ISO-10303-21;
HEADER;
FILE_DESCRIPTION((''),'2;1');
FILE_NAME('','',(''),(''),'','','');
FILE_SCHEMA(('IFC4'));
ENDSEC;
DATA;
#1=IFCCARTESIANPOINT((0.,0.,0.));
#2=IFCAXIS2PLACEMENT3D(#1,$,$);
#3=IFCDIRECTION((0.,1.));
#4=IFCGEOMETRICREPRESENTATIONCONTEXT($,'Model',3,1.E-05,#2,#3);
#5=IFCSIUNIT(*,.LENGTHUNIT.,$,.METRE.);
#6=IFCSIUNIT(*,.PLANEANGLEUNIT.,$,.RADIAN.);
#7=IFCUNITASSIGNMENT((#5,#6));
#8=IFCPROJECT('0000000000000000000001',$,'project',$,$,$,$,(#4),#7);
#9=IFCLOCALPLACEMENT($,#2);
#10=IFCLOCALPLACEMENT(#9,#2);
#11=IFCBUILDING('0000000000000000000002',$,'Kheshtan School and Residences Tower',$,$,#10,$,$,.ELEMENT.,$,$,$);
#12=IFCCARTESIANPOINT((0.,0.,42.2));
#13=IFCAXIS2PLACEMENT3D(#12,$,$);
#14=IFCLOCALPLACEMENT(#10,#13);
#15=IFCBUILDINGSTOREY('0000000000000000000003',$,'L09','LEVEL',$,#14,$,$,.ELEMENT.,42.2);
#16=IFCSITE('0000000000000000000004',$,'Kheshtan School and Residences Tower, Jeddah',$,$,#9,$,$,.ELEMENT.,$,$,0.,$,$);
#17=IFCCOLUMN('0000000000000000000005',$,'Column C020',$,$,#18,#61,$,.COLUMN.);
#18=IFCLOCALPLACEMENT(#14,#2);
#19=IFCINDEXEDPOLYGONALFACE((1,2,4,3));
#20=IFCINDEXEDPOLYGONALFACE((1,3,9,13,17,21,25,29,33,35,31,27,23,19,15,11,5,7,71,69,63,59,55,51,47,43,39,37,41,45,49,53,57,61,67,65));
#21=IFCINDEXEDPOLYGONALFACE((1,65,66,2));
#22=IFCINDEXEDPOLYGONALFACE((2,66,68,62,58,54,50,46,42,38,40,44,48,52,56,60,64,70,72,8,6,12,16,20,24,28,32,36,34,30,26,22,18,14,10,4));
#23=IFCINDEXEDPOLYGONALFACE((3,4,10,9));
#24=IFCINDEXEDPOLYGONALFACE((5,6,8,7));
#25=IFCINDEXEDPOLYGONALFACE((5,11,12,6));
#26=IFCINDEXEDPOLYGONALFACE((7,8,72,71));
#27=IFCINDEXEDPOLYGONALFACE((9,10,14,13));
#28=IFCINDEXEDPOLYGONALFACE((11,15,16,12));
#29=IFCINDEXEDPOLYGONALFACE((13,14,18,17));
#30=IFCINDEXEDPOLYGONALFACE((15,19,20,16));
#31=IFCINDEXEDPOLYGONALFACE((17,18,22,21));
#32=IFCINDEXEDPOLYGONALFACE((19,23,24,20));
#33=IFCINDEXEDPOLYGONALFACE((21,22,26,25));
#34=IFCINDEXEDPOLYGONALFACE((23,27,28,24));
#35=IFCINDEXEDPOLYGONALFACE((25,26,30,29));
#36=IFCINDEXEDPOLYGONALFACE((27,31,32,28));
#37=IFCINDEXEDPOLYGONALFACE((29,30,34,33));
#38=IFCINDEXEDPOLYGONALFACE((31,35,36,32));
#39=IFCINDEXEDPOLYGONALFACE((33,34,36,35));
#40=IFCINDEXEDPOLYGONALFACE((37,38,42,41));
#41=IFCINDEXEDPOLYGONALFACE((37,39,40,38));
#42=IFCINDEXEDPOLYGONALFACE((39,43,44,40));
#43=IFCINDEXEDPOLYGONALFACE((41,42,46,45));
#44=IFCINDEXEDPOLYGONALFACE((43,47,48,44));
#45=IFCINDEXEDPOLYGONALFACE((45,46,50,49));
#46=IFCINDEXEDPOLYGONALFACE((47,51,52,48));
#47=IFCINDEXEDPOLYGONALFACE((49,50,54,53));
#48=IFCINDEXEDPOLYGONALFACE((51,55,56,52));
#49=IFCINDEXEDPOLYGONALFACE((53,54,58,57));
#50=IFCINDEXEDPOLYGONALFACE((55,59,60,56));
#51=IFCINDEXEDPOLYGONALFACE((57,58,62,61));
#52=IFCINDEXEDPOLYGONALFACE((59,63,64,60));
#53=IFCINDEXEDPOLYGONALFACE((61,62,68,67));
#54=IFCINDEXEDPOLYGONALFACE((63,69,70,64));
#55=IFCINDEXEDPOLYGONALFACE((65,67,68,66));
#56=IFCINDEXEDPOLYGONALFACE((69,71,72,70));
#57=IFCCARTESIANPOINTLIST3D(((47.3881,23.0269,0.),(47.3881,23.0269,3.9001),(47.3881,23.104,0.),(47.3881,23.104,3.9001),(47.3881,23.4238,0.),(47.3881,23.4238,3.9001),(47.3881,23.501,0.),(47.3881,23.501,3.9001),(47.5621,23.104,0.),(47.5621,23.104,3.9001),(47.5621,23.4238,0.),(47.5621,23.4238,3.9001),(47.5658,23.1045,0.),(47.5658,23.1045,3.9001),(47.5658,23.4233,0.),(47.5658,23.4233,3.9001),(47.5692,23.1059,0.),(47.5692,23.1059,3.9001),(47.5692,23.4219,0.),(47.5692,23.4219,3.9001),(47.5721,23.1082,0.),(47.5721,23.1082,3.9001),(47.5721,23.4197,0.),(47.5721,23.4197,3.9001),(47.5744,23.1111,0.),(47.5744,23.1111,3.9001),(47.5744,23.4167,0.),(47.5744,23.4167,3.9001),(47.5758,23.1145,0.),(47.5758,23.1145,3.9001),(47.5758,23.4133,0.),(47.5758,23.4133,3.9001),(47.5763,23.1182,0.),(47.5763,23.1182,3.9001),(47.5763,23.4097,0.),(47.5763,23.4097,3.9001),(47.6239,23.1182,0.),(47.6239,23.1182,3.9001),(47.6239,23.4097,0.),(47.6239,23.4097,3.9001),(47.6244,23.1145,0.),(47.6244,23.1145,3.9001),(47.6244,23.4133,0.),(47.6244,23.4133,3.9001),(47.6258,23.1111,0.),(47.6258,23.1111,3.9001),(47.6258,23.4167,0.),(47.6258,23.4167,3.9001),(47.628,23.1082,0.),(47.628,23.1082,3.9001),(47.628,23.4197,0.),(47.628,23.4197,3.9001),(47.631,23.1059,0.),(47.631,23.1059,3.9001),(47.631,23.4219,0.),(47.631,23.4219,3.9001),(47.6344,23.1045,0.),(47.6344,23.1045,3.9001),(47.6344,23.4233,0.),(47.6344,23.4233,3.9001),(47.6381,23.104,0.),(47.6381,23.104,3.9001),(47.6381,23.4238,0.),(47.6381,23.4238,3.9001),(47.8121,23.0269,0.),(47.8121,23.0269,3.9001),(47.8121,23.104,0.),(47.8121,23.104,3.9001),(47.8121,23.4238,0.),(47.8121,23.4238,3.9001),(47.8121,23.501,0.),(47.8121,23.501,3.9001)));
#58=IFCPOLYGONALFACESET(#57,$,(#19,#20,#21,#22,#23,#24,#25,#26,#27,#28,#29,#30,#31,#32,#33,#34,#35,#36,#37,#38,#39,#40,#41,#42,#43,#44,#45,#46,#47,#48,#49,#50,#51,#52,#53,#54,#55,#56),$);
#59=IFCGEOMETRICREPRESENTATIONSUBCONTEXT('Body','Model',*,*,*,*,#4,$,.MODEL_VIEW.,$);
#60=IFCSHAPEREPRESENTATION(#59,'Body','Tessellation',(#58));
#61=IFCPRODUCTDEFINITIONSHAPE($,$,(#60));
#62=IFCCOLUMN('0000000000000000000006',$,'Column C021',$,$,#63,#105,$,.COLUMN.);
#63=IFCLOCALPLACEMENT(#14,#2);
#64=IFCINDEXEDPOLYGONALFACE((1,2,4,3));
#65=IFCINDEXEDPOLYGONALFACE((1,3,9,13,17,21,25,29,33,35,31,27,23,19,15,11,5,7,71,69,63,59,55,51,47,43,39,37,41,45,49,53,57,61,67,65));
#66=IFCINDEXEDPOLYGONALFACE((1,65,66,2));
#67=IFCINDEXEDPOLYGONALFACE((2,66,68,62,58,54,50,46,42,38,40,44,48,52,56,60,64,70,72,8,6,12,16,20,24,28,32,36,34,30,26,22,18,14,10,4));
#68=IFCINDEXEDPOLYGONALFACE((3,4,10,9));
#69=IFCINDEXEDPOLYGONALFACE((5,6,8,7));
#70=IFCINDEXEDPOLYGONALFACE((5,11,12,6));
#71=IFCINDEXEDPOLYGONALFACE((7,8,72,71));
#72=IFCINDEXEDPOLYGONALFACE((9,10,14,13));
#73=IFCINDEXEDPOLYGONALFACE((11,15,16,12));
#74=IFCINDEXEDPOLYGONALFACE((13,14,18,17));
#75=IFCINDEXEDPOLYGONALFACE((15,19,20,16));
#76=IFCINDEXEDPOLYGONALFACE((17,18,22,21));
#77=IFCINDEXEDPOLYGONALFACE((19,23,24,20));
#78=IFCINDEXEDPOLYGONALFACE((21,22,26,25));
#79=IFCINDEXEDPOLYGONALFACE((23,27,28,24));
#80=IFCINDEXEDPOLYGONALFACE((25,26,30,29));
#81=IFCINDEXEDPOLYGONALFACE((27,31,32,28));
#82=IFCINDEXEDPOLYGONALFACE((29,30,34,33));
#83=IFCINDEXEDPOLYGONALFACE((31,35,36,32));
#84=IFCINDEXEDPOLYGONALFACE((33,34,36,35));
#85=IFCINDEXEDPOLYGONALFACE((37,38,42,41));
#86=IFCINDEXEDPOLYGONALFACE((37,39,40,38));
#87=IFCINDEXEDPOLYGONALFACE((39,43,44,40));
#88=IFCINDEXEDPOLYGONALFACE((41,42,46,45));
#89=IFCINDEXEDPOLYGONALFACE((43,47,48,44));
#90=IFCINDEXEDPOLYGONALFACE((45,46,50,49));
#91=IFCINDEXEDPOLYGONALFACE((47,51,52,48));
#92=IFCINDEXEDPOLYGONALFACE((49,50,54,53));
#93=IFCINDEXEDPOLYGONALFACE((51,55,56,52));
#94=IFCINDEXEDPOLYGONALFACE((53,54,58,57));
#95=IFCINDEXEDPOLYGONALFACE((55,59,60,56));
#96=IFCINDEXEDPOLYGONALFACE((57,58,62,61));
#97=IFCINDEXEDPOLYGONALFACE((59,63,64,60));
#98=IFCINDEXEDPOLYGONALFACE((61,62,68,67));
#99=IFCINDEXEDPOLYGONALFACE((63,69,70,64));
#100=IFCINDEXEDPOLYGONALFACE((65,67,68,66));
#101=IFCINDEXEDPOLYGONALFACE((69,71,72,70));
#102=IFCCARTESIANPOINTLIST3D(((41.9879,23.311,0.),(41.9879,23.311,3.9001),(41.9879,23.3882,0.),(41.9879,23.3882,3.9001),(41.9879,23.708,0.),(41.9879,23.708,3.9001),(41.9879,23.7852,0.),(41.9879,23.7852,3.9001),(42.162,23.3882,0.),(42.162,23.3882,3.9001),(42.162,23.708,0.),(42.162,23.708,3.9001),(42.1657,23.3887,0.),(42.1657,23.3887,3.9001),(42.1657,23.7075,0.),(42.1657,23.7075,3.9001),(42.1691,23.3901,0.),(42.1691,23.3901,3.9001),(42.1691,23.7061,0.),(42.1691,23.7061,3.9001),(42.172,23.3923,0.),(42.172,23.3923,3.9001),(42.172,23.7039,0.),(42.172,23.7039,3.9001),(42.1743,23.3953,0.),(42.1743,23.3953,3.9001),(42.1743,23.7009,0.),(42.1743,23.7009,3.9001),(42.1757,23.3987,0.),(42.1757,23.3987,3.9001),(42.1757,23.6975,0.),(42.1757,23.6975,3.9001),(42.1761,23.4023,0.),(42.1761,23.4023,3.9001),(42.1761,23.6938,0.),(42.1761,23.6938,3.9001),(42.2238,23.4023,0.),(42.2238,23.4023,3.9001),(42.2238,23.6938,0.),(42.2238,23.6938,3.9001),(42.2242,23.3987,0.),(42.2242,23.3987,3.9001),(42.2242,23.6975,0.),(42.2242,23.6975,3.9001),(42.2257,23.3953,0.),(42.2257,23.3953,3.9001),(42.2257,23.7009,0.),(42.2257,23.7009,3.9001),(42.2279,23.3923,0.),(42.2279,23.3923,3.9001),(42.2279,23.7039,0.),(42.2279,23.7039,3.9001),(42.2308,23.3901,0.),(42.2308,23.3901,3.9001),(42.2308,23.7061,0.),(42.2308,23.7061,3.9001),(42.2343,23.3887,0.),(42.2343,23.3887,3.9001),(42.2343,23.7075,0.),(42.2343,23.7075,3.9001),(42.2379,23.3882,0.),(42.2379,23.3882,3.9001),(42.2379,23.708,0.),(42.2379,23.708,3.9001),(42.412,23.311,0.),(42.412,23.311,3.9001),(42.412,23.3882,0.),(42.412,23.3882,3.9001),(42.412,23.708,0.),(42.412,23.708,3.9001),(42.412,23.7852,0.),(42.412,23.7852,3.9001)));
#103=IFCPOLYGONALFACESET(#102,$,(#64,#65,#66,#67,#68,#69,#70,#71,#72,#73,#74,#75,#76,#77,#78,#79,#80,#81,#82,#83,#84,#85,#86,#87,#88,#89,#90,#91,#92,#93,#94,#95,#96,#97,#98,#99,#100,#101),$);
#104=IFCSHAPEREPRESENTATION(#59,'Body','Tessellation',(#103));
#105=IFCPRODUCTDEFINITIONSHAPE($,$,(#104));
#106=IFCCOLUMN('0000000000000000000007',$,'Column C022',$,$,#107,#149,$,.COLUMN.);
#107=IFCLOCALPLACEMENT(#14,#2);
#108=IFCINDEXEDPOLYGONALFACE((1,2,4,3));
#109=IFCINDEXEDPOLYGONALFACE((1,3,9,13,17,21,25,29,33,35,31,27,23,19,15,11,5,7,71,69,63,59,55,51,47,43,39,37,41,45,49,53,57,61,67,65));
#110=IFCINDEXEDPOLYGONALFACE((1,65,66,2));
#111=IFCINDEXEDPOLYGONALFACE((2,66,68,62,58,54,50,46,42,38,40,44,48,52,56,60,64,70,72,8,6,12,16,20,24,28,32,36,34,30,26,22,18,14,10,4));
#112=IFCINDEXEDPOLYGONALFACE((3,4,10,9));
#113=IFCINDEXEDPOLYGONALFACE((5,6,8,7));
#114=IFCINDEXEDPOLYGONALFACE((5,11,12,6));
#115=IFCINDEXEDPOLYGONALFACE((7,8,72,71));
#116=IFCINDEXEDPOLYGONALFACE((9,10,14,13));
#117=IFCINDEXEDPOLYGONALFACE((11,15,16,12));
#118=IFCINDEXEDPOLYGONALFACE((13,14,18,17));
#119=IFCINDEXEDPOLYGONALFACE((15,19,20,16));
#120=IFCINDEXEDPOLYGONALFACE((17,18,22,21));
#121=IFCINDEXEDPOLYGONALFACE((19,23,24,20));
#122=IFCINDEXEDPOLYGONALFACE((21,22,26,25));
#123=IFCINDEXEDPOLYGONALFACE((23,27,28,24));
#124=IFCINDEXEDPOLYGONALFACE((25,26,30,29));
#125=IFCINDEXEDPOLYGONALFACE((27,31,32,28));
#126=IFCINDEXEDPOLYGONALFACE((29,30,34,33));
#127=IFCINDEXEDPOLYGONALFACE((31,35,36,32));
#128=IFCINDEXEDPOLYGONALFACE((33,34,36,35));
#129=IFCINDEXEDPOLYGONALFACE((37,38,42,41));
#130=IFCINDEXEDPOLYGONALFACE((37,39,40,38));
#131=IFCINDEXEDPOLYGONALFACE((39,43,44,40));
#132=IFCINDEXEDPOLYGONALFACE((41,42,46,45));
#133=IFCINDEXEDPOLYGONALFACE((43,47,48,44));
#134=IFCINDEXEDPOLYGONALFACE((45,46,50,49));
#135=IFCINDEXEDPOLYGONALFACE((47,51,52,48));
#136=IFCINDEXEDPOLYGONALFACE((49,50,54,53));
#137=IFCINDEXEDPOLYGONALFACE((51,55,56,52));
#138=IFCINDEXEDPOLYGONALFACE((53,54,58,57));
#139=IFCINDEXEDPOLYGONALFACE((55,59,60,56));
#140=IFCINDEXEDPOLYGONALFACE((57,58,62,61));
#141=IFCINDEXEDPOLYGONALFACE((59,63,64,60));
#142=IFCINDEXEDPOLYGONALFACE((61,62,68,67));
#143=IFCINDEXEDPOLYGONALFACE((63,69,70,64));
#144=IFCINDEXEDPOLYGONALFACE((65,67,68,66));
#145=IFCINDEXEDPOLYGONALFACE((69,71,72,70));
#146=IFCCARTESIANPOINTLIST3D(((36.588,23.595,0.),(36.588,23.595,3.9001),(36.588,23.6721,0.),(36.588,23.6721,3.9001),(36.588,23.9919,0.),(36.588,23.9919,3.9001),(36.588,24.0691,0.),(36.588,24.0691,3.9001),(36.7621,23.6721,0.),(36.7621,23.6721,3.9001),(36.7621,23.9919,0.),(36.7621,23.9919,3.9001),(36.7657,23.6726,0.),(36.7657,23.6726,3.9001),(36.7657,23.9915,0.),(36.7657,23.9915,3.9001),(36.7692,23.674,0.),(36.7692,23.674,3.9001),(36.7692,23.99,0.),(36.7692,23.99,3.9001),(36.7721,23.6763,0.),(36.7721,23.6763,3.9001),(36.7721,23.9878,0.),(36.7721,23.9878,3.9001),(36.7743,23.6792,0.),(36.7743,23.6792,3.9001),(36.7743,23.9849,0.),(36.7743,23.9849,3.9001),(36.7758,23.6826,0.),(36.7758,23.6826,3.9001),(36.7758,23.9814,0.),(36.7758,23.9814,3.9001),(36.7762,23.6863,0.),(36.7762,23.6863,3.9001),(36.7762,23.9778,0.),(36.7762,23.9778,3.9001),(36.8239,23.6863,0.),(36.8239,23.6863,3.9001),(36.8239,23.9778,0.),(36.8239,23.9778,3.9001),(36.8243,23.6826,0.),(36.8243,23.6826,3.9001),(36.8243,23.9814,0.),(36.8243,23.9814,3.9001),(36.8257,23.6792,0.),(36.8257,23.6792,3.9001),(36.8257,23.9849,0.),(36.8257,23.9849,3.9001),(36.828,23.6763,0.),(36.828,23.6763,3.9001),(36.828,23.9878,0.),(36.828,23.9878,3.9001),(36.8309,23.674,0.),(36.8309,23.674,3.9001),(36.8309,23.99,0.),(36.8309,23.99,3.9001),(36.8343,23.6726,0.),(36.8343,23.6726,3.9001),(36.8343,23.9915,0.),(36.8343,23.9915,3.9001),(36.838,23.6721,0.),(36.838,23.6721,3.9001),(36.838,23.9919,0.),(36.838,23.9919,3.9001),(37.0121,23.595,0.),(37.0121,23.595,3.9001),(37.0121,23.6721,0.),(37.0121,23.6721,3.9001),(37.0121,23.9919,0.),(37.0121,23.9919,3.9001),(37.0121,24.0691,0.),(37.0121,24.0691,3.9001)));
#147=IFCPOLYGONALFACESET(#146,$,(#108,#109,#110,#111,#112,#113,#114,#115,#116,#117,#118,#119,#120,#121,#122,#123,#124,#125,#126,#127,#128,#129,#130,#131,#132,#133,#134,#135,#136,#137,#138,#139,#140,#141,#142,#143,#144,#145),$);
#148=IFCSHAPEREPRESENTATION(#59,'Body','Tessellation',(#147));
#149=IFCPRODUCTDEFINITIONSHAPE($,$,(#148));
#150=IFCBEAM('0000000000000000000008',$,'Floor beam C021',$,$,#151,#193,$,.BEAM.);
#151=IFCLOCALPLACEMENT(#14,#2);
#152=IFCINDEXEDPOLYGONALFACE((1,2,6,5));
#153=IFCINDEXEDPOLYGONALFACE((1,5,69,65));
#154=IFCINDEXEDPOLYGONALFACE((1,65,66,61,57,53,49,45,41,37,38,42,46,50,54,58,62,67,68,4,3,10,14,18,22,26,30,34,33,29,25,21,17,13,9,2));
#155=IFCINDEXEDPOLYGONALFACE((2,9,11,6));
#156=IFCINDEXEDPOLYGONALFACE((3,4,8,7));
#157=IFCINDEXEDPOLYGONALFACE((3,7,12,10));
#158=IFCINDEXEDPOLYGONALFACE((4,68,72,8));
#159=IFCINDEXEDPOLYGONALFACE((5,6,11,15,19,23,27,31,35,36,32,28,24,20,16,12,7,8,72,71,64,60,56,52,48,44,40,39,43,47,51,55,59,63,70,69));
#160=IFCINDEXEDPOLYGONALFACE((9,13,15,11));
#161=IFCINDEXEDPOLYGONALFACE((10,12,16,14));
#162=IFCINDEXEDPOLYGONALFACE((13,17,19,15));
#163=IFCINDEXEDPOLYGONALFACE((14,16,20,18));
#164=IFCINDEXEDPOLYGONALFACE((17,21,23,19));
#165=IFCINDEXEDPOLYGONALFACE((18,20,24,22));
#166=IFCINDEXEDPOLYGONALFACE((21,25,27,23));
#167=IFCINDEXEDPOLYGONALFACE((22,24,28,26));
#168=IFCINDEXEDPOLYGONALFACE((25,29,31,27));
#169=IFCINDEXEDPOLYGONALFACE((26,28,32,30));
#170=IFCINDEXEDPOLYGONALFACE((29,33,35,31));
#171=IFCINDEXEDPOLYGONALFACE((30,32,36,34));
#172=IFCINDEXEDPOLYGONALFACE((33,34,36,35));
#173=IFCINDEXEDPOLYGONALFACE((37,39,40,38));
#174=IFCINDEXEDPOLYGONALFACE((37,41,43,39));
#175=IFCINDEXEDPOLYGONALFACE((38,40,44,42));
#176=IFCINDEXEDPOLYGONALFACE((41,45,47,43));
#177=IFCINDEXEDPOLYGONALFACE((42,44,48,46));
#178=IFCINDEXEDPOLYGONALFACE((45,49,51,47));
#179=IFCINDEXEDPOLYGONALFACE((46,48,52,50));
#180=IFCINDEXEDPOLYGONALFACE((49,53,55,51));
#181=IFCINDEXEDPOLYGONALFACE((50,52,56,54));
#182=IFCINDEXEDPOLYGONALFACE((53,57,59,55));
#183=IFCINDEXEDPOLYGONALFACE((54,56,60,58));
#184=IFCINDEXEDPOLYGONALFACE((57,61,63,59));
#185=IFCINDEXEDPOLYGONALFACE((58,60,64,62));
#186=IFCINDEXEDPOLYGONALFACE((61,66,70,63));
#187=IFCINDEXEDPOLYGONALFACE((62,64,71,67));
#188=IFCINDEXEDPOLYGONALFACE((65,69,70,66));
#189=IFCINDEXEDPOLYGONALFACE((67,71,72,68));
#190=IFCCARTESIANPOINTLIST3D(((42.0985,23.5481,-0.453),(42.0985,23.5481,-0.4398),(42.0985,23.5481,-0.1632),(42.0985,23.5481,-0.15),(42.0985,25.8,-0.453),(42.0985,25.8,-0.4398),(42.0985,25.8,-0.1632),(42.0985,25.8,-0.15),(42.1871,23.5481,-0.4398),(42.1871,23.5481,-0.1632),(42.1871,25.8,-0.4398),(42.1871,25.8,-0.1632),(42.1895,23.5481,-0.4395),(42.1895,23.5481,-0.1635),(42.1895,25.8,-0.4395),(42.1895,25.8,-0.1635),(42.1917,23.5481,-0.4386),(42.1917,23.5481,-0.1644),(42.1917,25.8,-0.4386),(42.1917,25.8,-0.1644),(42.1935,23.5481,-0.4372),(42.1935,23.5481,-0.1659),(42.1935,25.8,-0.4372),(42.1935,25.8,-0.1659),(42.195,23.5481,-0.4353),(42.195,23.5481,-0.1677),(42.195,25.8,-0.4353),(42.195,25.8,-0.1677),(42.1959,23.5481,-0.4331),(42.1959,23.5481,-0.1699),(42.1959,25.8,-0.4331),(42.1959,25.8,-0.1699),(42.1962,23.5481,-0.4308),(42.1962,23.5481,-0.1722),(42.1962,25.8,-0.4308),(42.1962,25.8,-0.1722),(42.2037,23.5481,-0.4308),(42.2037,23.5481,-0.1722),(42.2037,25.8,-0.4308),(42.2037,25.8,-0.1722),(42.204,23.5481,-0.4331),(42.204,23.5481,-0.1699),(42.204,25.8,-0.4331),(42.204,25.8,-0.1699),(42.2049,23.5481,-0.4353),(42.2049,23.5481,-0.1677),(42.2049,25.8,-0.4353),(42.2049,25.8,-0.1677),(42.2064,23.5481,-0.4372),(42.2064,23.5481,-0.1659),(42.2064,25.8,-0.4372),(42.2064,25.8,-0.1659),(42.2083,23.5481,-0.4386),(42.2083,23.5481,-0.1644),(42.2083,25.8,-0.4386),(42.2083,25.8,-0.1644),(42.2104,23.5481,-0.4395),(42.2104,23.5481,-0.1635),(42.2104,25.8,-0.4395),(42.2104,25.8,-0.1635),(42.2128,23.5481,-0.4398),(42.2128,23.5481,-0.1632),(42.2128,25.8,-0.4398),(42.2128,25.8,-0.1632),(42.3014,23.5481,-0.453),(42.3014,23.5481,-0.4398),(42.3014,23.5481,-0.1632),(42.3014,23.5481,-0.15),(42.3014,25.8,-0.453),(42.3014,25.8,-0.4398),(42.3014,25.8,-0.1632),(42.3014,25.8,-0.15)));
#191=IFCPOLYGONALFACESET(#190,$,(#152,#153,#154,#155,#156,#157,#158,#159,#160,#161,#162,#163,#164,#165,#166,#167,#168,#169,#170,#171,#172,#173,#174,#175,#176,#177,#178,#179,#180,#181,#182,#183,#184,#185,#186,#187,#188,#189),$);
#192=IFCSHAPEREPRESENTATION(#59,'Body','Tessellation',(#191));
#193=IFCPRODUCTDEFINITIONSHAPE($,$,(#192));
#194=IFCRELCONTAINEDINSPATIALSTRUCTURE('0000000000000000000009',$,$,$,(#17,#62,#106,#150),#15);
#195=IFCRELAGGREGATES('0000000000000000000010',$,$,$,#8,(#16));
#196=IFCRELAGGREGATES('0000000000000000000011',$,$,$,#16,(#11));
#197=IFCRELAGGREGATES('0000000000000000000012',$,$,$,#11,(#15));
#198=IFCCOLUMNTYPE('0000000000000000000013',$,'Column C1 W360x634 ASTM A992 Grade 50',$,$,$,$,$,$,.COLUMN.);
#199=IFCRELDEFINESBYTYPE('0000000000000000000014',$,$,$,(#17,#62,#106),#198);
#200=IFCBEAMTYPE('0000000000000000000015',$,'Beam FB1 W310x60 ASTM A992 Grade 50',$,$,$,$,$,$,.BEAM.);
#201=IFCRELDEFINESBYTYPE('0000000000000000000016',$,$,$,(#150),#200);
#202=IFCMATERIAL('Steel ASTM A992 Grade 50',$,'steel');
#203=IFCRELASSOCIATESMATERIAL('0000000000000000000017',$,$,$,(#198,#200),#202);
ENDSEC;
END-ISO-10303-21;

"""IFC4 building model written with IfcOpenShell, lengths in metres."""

from ifc_helpers import new_model, si_unit, direction, frame, origin, origin_2d, place, context, subcontext, project, spatial, i_section, extrude, material, material_profile, profile_set, type_object, element, save


model = new_model("IFC4")

# Units and contexts
model_context = context("Model", 3, precision=1e-05, world=origin(), true_north=direction((0.0, 1.0)))
body_context = subcontext(model_context, "Body", "Model", "MODEL_VIEW")
ifc_project = project(units=[si_unit("LENGTHUNIT", "METRE"), si_unit("PLANEANGLEUNIT", "RADIAN")], contexts=[model_context])

# Site, building, storey
site_placement = place(None, origin())
site = spatial("IfcSite", under=ifc_project, at=site_placement, Name="Kheshtan School and Residences Tower, Jeddah", CompositionType="ELEMENT", RefElevation=0.0)
building_placement = place(site_placement, origin())
building = spatial("IfcBuilding", under=site, at=building_placement, Name="Kheshtan School and Residences Tower", CompositionType="ELEMENT")
storey_placement = place(building_placement, frame((0.0, 0.0, 42.2)))
storey = spatial("IfcBuildingStorey", under=building, at=storey_placement, Name="L09", Description="LEVEL", CompositionType="ELEMENT", Elevation=42.2)

# Columns
ifc_material_1 = material(Name="Steel ASTM A992 Grade 50", Category="steel")
ifc_material_profile_1 = material_profile(ifc_material_1, i_section(OverallWidth=0.4241, OverallDepth=0.4741, WebThickness=0.0476, FlangeThickness=0.0771, FilletRadius=0.0142, at=origin_2d()), Name="W360x634")
ifc_profile_set_1 = profile_set([ifc_material_profile_1], Name="Steel ASTM A992 Grade 50")
column_type = type_object("IfcColumnType", Name="Column C1 W360x634 ASTM A992 Grade 50", PredefinedType="COLUMN", material=ifc_profile_set_1)
for number, where, z_axis, x_axis, name in (
    (1, (47.6001, 23.2639, 0.0), (0.0, 0.0, 1.0), (1.0, 0.0, 0.0), "Column C020"),
    (2, (42.2, 23.5481, 0.0), (0.0, 0.0, 1.0), (1.0, 0.0, 0.0), "Column C021"),
    (3, (36.8, 23.832, 0.0), (0.0, 0.0, 1.0), (1.0, 0.0, 0.0), "Column C022"),
):
    element("IfcColumn", number, at=place(storey_placement, frame(where, z_axis=z_axis, x_axis=x_axis)), inside=storey, type_object=column_type, Name=name, PredefinedType="COLUMN", context=body_context, shape_type="SweptSolid", body=[
        extrude(i_section(OverallWidth=0.4241, OverallDepth=0.4741, WebThickness=0.0476, FlangeThickness=0.0771, FilletRadius=0.0142, at=origin_2d()), origin(), (0.0, 0.0, 1.0), 3.9001),
    ])

# Beam
ifc_material_profile_2 = material_profile(ifc_material_1, i_section(OverallWidth=0.2029, OverallDepth=0.303, WebThickness=0.0076, FlangeThickness=0.0132, FilletRadius=0.009, at=origin_2d()), Name="W310x60")
ifc_profile_set_2 = profile_set([ifc_material_profile_2], Name="Steel ASTM A992 Grade 50")
beam_type_1 = type_object("IfcBeamType", Name="Beam FB1 W310x60 ASTM A992 Grade 50", PredefinedType="BEAM", material=ifc_profile_set_2)
beam_1_placement = place(storey_placement, frame((42.2, 23.5481, -0.3015), z_axis=(0.0, 1.0, 0.0), x_axis=(-1.0, 0.0, 0.0)))
element("IfcBeam", 4, at=beam_1_placement, inside=storey, type_object=beam_type_1, Name="Floor beam C021", PredefinedType="BEAM", context=body_context, shape_type="SweptSolid", body=[
    extrude(i_section(OverallWidth=0.2029, OverallDepth=0.303, WebThickness=0.0076, FlangeThickness=0.0132, FilletRadius=0.009, at=origin_2d()), origin(), (0.0, 0.0, 1.0), 2.252),
])

save(model, "model.ifc")
